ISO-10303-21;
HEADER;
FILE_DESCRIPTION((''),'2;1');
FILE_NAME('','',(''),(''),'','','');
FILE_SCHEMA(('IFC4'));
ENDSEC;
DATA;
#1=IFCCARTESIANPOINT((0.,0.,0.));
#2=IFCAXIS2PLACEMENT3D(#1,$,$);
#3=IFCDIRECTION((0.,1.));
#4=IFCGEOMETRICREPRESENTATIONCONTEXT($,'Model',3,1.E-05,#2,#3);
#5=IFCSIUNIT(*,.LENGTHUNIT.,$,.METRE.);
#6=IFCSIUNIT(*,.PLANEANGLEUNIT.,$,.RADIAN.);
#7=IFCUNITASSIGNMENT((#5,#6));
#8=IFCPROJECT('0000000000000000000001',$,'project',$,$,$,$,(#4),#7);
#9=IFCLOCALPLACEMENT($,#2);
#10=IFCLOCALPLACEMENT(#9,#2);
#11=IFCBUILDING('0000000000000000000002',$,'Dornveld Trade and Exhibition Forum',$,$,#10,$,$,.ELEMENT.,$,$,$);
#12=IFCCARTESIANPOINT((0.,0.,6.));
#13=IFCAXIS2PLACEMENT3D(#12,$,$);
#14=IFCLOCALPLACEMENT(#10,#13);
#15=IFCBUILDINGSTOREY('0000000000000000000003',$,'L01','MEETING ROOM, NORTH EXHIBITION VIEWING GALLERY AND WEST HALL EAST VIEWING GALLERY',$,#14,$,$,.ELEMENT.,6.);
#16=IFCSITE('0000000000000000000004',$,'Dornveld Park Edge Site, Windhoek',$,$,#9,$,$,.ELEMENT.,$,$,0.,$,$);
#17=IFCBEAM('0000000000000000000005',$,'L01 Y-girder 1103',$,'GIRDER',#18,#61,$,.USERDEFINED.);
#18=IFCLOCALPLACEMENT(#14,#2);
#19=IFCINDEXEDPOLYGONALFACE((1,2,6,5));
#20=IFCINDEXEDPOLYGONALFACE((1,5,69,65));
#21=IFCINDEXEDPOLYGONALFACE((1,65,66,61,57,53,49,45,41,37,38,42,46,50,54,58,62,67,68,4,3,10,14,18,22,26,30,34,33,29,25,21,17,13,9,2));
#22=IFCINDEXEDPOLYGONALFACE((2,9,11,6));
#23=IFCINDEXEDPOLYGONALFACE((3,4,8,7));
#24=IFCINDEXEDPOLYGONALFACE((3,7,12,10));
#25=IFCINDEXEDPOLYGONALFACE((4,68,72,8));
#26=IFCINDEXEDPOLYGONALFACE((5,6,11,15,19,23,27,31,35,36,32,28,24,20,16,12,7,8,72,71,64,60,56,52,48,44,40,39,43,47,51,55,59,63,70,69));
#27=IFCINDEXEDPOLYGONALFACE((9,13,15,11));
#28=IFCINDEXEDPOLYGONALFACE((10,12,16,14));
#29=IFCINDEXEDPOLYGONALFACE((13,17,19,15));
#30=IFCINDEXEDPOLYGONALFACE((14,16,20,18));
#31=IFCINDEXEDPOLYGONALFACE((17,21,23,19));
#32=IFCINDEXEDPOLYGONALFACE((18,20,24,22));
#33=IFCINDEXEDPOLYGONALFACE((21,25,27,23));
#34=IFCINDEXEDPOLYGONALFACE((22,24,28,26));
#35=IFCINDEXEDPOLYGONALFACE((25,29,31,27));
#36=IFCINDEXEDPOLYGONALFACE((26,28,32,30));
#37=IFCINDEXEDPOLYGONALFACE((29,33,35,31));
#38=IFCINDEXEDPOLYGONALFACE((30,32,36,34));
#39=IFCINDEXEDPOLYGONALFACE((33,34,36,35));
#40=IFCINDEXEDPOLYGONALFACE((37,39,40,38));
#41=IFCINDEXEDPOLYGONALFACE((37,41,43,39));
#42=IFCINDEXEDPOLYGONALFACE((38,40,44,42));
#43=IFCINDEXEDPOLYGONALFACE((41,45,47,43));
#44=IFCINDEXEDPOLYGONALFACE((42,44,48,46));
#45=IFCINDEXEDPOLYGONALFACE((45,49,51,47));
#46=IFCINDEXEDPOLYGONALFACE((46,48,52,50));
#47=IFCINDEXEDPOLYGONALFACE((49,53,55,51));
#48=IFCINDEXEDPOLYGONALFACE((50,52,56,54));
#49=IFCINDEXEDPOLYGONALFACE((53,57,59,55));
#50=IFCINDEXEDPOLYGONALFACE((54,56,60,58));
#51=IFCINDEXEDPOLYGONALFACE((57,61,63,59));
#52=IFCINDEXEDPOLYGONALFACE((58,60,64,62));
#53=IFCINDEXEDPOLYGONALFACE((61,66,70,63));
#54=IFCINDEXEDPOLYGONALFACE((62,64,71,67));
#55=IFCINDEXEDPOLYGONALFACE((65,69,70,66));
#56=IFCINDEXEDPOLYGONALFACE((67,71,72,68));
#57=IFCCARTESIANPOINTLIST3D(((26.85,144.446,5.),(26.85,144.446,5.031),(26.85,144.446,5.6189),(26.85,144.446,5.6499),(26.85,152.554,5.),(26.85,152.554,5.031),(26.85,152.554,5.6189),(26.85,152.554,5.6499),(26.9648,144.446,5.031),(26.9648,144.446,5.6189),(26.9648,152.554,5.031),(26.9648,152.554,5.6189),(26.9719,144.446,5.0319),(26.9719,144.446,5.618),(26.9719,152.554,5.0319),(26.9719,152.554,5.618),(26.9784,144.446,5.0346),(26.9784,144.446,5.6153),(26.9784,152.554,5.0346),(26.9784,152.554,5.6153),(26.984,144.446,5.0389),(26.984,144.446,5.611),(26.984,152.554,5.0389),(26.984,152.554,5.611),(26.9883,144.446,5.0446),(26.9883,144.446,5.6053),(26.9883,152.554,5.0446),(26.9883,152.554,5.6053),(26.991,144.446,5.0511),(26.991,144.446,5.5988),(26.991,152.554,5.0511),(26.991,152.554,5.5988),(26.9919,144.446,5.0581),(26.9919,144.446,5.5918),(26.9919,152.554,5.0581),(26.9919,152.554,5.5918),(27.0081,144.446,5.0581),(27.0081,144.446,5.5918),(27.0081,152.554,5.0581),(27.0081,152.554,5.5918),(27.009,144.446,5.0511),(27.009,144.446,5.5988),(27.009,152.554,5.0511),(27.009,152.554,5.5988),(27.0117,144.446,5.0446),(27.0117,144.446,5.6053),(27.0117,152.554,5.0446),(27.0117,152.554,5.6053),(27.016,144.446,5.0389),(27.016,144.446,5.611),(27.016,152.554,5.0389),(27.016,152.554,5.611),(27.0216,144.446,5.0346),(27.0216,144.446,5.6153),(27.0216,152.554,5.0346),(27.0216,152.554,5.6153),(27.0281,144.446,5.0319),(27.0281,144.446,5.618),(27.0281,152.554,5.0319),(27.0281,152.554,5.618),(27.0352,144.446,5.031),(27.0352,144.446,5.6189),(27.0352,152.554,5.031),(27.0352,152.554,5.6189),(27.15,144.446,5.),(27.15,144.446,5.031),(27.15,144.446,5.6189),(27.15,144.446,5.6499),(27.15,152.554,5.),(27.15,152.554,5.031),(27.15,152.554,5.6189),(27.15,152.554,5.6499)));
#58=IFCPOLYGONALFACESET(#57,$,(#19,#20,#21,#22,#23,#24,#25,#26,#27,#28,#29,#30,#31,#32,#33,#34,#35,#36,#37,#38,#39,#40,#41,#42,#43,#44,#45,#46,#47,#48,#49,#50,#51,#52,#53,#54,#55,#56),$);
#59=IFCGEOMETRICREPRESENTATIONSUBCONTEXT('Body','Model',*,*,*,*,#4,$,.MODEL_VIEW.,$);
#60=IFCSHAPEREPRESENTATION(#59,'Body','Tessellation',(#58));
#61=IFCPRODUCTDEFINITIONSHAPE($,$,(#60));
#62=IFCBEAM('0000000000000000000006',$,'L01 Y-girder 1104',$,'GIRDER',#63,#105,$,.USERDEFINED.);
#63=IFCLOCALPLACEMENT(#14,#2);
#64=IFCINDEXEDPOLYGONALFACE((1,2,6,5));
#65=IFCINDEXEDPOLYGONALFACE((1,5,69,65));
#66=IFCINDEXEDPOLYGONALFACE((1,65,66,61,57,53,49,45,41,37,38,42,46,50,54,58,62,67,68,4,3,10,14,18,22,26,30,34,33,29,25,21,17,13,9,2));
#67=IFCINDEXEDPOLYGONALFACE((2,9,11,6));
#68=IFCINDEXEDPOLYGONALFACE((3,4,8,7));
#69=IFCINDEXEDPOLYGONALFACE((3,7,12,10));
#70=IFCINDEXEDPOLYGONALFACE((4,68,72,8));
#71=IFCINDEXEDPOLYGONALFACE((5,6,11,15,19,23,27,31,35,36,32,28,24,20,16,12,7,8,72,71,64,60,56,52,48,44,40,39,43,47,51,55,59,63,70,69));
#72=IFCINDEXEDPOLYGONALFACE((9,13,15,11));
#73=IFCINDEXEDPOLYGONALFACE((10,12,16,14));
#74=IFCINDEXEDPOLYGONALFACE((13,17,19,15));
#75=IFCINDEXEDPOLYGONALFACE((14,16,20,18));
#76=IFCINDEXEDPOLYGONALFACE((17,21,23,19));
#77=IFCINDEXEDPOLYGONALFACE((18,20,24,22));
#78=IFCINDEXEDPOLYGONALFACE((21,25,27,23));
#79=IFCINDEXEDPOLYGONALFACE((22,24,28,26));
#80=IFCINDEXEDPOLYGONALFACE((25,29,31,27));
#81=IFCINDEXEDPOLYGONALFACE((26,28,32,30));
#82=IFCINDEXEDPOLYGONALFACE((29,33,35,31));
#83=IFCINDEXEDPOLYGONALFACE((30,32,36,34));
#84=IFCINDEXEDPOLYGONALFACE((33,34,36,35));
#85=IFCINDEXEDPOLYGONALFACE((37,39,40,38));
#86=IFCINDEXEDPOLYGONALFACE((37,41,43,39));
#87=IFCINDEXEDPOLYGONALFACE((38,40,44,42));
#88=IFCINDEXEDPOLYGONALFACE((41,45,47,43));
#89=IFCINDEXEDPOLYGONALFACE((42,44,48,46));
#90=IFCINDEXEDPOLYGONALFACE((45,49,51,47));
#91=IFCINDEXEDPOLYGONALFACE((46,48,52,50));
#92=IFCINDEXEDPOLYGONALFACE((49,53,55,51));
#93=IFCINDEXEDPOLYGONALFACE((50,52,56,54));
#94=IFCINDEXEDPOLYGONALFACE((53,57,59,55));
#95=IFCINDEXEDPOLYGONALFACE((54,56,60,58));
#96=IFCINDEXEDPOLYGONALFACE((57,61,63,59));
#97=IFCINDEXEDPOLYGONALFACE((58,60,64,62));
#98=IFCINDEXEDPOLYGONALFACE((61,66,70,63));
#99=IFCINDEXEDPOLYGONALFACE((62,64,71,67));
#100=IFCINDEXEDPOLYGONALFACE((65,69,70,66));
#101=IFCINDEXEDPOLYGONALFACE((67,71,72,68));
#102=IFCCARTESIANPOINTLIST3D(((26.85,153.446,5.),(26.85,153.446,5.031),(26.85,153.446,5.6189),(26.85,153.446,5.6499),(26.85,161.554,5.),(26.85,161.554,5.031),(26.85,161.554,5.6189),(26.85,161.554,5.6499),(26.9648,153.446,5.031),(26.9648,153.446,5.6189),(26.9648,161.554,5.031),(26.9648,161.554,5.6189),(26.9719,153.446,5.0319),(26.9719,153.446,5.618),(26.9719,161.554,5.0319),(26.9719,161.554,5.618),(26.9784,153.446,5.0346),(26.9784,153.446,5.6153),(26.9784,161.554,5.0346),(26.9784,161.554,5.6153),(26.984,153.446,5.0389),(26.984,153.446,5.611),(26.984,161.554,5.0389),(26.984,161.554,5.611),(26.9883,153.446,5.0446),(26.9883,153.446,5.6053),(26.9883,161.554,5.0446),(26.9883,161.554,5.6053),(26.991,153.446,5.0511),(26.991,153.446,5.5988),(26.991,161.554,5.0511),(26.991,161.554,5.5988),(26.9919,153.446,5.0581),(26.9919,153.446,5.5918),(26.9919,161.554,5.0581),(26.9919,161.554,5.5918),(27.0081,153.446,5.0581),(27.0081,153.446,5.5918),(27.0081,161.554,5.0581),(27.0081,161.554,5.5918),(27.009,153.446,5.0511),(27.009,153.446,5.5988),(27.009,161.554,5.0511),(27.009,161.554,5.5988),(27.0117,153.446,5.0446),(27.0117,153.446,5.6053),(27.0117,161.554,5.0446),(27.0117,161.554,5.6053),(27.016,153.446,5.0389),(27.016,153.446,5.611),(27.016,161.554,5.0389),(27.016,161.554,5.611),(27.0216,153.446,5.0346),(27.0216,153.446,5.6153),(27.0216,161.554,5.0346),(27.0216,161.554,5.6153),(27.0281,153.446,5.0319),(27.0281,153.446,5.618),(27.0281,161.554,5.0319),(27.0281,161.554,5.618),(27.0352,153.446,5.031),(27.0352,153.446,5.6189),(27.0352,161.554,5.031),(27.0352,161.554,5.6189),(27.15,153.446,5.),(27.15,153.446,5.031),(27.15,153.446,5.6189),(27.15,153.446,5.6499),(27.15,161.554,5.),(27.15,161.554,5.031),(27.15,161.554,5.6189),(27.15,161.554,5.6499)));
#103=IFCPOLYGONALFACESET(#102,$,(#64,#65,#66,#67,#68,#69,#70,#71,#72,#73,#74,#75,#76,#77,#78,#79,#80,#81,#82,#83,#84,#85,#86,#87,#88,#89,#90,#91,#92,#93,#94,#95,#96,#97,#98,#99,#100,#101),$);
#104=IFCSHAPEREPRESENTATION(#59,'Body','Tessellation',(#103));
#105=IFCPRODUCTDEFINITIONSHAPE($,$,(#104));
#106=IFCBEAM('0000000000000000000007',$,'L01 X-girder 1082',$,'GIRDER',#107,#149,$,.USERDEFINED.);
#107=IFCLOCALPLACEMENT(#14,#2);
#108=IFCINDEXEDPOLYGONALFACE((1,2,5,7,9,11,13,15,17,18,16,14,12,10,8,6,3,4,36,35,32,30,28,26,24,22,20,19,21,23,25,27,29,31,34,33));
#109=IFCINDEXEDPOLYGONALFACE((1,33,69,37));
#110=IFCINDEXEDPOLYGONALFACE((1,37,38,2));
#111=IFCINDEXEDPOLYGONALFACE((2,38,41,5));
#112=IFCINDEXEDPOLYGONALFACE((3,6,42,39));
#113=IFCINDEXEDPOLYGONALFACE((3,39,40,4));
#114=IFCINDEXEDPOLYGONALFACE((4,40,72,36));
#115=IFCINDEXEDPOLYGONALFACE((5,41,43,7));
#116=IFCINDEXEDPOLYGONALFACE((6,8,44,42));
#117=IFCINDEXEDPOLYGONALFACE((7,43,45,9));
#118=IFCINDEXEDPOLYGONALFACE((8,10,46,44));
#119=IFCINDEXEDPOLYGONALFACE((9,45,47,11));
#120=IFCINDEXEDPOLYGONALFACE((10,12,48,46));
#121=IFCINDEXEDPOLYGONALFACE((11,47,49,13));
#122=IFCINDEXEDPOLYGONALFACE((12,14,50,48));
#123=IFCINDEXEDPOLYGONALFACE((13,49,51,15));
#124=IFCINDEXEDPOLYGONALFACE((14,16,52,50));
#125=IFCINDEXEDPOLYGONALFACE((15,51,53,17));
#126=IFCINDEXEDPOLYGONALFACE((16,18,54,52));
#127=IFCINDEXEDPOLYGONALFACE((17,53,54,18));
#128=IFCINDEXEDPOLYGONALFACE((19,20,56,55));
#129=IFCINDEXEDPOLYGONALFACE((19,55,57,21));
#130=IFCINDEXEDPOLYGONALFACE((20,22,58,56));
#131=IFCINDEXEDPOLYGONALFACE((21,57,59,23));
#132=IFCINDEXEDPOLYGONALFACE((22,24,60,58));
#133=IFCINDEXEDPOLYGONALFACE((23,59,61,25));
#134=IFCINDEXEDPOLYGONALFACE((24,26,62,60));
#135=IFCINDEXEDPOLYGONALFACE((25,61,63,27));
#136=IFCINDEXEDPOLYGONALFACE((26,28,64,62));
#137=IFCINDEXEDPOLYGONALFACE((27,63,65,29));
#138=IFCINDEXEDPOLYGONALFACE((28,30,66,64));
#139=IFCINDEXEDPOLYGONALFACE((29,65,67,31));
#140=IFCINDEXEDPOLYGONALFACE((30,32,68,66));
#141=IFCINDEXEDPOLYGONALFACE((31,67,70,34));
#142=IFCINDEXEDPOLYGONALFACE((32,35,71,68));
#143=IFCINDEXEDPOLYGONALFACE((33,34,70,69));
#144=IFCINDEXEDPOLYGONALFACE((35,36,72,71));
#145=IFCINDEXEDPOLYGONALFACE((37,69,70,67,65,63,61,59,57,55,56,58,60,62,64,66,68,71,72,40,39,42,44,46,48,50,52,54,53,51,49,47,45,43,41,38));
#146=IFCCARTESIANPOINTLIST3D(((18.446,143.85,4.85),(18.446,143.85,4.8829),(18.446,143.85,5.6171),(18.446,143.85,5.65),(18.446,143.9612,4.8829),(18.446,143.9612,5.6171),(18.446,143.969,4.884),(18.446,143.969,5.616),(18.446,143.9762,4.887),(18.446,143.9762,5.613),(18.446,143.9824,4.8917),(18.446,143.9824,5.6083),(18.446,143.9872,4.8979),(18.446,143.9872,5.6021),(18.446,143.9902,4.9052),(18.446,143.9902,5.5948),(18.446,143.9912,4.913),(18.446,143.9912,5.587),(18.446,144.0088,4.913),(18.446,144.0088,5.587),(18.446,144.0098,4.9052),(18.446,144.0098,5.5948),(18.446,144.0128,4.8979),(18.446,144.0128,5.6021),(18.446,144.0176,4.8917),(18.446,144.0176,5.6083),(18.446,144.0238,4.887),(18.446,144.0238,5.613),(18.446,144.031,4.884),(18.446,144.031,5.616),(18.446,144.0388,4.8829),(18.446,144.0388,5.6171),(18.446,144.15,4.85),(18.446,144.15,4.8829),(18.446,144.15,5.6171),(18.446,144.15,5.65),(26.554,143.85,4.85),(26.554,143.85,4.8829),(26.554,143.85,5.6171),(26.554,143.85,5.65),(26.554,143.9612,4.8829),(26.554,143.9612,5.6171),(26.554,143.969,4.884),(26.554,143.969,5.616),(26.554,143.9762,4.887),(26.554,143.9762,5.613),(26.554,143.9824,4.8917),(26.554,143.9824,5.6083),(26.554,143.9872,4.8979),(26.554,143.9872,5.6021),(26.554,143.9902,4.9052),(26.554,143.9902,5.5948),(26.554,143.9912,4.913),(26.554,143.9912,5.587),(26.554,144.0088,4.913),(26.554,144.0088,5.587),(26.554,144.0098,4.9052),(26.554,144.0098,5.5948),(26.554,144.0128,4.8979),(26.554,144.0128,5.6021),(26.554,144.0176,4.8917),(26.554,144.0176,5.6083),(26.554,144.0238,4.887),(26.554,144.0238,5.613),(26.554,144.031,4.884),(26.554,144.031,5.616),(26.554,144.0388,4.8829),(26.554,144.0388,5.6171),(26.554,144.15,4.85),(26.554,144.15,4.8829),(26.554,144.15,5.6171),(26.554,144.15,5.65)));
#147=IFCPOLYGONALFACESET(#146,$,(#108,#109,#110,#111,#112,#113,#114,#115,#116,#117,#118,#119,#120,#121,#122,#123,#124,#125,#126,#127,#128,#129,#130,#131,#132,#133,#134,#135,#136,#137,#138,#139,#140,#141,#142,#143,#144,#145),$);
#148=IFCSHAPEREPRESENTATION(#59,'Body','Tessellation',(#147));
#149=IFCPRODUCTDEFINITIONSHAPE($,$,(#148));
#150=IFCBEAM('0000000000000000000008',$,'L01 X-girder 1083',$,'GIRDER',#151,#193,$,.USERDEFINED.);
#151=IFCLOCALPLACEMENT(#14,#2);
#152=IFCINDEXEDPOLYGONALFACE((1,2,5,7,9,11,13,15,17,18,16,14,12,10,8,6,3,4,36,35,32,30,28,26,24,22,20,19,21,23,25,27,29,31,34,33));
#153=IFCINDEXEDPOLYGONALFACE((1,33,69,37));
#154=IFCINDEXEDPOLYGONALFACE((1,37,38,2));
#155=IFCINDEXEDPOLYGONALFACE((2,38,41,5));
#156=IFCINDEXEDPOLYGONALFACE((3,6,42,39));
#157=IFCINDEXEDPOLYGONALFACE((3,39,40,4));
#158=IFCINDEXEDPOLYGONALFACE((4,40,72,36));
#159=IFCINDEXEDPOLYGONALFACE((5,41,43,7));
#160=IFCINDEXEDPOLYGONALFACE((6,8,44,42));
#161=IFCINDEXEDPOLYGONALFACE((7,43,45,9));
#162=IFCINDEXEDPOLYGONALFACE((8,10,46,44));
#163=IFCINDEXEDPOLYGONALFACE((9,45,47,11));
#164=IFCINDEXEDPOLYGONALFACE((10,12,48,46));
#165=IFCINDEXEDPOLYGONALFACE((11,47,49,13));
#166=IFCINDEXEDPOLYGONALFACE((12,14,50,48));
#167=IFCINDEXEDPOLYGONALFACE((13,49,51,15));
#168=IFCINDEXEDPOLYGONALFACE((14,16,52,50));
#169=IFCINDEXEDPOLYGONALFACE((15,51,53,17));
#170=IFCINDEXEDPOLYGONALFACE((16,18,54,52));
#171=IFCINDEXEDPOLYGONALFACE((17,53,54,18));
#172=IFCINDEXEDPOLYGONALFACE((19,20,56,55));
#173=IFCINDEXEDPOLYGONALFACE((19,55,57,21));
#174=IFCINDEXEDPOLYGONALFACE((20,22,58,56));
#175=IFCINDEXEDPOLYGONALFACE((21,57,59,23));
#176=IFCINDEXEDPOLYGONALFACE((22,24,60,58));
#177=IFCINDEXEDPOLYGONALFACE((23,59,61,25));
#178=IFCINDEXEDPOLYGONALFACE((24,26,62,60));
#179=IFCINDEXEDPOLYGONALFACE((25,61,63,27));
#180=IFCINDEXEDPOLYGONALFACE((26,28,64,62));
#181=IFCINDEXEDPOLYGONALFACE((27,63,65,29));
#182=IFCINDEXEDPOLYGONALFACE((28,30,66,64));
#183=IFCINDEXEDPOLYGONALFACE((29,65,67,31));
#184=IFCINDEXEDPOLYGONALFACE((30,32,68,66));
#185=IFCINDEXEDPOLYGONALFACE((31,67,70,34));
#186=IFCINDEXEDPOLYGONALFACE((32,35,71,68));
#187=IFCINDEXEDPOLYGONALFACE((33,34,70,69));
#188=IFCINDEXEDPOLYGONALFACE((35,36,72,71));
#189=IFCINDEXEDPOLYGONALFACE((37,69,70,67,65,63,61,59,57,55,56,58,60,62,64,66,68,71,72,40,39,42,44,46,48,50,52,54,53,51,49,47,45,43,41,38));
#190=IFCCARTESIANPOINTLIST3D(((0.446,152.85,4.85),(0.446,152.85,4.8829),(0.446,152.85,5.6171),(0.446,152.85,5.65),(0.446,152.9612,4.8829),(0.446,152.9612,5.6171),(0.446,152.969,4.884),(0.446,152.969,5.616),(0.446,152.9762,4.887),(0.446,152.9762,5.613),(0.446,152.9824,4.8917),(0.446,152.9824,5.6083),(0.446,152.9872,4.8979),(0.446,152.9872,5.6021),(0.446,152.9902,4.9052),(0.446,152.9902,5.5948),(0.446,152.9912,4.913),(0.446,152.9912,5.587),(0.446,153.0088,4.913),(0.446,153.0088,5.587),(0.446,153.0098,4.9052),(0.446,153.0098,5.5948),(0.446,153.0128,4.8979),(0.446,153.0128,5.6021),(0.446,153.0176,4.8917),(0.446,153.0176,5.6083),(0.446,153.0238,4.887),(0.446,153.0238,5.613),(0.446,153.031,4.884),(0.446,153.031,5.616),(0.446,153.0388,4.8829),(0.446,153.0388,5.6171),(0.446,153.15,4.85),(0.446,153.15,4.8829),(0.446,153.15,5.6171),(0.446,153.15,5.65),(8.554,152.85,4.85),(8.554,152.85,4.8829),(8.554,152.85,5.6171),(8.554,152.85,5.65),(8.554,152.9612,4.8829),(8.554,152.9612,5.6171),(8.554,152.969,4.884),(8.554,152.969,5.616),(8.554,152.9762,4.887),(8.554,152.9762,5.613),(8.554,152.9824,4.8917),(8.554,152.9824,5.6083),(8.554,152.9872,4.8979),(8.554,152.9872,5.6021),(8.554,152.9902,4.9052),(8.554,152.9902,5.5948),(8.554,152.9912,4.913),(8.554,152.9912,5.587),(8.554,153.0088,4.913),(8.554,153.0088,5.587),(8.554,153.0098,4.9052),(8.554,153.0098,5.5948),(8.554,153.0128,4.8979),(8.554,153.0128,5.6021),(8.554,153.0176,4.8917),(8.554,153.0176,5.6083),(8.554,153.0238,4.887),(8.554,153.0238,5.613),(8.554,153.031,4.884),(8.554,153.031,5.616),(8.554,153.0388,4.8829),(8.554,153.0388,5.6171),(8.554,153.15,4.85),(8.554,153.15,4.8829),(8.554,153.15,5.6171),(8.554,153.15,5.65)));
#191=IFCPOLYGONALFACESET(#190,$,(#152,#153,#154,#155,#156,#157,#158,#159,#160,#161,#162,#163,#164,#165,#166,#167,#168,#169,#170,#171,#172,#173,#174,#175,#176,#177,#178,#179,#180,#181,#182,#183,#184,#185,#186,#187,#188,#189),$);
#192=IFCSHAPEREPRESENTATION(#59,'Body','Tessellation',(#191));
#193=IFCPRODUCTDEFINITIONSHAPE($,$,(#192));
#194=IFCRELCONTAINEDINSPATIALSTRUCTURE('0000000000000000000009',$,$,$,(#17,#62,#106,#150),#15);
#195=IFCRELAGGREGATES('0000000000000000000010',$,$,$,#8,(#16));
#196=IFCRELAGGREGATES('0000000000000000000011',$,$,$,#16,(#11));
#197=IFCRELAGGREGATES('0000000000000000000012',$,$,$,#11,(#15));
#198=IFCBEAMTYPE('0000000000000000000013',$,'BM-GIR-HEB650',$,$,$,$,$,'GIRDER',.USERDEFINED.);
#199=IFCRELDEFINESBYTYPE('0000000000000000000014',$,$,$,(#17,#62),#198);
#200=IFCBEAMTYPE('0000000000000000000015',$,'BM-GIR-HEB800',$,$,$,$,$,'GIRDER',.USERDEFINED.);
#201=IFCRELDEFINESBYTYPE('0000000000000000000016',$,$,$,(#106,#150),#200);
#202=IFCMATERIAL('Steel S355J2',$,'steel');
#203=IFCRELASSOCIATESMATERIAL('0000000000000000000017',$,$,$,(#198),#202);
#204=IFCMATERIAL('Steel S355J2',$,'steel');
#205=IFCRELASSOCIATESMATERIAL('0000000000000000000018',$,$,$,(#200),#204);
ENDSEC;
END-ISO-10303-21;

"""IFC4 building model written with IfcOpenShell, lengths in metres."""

from ifc_helpers import new_model, si_unit, direction, frame, origin, origin_2d, place, context, subcontext, project, spatial, i_section, extrude, material, material_profile, profile_set, type_object, element, save


model = new_model("IFC4")

# Units and contexts
model_context = context("Model", 3, precision=1e-05, world=origin(), true_north=direction((0.0, 1.0)))
body_context = subcontext(model_context, "Body", "Model", "MODEL_VIEW")
ifc_project = project(units=[si_unit("LENGTHUNIT", "METRE"), si_unit("PLANEANGLEUNIT", "RADIAN")], contexts=[model_context])

# Site, building, storey
site_placement = place(None, origin())
site = spatial("IfcSite", under=ifc_project, at=site_placement, Name="Dornveld Park Edge Site, Windhoek", CompositionType="ELEMENT", RefElevation=0.0)
building_placement = place(site_placement, origin())
building = spatial("IfcBuilding", under=site, at=building_placement, Name="Dornveld Trade and Exhibition Forum", CompositionType="ELEMENT")
storey_placement = place(building_placement, frame((0.0, 0.0, 6.0)))
storey = spatial("IfcBuildingStorey", under=building, at=storey_placement, Name="L01", Description="MEETING ROOM, NORTH EXHIBITION VIEWING GALLERY AND WEST HALL EAST VIEWING GALLERY", CompositionType="ELEMENT", Elevation=6.0)

# Beams
ifc_material_1 = material(Name="Steel S355J2", Category="steel")
ifc_material_profile_1 = material_profile(ifc_material_1, i_section(OverallWidth=0.3, OverallDepth=0.6499, WebThickness=0.0161, FlangeThickness=0.031, FilletRadius=0.0271, at=origin_2d()), Name="HEB 650")
ifc_profile_set_1 = profile_set([ifc_material_profile_1], Name="Steel S355J2")
beam_type_1 = type_object("IfcBeamType", Name="BM-GIR-HEB650", ElementType="GIRDER", PredefinedType="USERDEFINED", material=ifc_profile_set_1)
for number, where, z_axis, x_axis, name in (
    (1, (27.0, 144.446, 5.325), (0.0, 1.0, 0.0), (-1.0, 0.0, 0.0), "L01 Y-girder 1103"),
    (2, (27.0, 153.446, 5.325), (0.0, 1.0, 0.0), (-1.0, 0.0, 0.0), "L01 Y-girder 1104"),
):
    element("IfcBeam", number, at=place(storey_placement, frame(where, z_axis=z_axis, x_axis=x_axis)), inside=storey, type_object=beam_type_1, Name=name, ObjectType="GIRDER", PredefinedType="USERDEFINED", context=body_context, shape_type="SweptSolid", body=[
        extrude(i_section(OverallWidth=0.3, OverallDepth=0.6499, WebThickness=0.0161, FlangeThickness=0.031, FilletRadius=0.0271, at=origin_2d()), origin(), (0.0, 0.0, 1.0), 8.1079),
    ])
ifc_material_2 = material(Name="Steel S355J2", Category="steel")
ifc_material_profile_2 = material_profile(ifc_material_2, i_section(OverallWidth=0.3, OverallDepth=0.8, WebThickness=0.0176, FlangeThickness=0.033, FilletRadius=0.03, at=origin_2d()), Name="HEB 800")
ifc_profile_set_2 = profile_set([ifc_material_profile_2], Name="Steel S355J2")
beam_type_2 = type_object("IfcBeamType", Name="BM-GIR-HEB800", ElementType="GIRDER", PredefinedType="USERDEFINED", material=ifc_profile_set_2)
for number, where, z_axis, x_axis, name in (
    (3, (18.446, 144.0, 5.25), (1.0, 0.0, 0.0), (0.0, 1.0, 0.0), "L01 X-girder 1082"),
    (4, (0.446, 153.0, 5.25), (1.0, 0.0, 0.0), (0.0, 1.0, 0.0), "L01 X-girder 1083"),
):
    element("IfcBeam", number, at=place(storey_placement, frame(where, z_axis=z_axis, x_axis=x_axis)), inside=storey, type_object=beam_type_2, Name=name, ObjectType="GIRDER", PredefinedType="USERDEFINED", context=body_context, shape_type="SweptSolid", body=[
        extrude(i_section(OverallWidth=0.3, OverallDepth=0.8, WebThickness=0.0176, FlangeThickness=0.033, FilletRadius=0.03, at=origin_2d()), origin(), (0.0, 0.0, 1.0), 8.1079),
    ])

save(model, "model.ifc")
